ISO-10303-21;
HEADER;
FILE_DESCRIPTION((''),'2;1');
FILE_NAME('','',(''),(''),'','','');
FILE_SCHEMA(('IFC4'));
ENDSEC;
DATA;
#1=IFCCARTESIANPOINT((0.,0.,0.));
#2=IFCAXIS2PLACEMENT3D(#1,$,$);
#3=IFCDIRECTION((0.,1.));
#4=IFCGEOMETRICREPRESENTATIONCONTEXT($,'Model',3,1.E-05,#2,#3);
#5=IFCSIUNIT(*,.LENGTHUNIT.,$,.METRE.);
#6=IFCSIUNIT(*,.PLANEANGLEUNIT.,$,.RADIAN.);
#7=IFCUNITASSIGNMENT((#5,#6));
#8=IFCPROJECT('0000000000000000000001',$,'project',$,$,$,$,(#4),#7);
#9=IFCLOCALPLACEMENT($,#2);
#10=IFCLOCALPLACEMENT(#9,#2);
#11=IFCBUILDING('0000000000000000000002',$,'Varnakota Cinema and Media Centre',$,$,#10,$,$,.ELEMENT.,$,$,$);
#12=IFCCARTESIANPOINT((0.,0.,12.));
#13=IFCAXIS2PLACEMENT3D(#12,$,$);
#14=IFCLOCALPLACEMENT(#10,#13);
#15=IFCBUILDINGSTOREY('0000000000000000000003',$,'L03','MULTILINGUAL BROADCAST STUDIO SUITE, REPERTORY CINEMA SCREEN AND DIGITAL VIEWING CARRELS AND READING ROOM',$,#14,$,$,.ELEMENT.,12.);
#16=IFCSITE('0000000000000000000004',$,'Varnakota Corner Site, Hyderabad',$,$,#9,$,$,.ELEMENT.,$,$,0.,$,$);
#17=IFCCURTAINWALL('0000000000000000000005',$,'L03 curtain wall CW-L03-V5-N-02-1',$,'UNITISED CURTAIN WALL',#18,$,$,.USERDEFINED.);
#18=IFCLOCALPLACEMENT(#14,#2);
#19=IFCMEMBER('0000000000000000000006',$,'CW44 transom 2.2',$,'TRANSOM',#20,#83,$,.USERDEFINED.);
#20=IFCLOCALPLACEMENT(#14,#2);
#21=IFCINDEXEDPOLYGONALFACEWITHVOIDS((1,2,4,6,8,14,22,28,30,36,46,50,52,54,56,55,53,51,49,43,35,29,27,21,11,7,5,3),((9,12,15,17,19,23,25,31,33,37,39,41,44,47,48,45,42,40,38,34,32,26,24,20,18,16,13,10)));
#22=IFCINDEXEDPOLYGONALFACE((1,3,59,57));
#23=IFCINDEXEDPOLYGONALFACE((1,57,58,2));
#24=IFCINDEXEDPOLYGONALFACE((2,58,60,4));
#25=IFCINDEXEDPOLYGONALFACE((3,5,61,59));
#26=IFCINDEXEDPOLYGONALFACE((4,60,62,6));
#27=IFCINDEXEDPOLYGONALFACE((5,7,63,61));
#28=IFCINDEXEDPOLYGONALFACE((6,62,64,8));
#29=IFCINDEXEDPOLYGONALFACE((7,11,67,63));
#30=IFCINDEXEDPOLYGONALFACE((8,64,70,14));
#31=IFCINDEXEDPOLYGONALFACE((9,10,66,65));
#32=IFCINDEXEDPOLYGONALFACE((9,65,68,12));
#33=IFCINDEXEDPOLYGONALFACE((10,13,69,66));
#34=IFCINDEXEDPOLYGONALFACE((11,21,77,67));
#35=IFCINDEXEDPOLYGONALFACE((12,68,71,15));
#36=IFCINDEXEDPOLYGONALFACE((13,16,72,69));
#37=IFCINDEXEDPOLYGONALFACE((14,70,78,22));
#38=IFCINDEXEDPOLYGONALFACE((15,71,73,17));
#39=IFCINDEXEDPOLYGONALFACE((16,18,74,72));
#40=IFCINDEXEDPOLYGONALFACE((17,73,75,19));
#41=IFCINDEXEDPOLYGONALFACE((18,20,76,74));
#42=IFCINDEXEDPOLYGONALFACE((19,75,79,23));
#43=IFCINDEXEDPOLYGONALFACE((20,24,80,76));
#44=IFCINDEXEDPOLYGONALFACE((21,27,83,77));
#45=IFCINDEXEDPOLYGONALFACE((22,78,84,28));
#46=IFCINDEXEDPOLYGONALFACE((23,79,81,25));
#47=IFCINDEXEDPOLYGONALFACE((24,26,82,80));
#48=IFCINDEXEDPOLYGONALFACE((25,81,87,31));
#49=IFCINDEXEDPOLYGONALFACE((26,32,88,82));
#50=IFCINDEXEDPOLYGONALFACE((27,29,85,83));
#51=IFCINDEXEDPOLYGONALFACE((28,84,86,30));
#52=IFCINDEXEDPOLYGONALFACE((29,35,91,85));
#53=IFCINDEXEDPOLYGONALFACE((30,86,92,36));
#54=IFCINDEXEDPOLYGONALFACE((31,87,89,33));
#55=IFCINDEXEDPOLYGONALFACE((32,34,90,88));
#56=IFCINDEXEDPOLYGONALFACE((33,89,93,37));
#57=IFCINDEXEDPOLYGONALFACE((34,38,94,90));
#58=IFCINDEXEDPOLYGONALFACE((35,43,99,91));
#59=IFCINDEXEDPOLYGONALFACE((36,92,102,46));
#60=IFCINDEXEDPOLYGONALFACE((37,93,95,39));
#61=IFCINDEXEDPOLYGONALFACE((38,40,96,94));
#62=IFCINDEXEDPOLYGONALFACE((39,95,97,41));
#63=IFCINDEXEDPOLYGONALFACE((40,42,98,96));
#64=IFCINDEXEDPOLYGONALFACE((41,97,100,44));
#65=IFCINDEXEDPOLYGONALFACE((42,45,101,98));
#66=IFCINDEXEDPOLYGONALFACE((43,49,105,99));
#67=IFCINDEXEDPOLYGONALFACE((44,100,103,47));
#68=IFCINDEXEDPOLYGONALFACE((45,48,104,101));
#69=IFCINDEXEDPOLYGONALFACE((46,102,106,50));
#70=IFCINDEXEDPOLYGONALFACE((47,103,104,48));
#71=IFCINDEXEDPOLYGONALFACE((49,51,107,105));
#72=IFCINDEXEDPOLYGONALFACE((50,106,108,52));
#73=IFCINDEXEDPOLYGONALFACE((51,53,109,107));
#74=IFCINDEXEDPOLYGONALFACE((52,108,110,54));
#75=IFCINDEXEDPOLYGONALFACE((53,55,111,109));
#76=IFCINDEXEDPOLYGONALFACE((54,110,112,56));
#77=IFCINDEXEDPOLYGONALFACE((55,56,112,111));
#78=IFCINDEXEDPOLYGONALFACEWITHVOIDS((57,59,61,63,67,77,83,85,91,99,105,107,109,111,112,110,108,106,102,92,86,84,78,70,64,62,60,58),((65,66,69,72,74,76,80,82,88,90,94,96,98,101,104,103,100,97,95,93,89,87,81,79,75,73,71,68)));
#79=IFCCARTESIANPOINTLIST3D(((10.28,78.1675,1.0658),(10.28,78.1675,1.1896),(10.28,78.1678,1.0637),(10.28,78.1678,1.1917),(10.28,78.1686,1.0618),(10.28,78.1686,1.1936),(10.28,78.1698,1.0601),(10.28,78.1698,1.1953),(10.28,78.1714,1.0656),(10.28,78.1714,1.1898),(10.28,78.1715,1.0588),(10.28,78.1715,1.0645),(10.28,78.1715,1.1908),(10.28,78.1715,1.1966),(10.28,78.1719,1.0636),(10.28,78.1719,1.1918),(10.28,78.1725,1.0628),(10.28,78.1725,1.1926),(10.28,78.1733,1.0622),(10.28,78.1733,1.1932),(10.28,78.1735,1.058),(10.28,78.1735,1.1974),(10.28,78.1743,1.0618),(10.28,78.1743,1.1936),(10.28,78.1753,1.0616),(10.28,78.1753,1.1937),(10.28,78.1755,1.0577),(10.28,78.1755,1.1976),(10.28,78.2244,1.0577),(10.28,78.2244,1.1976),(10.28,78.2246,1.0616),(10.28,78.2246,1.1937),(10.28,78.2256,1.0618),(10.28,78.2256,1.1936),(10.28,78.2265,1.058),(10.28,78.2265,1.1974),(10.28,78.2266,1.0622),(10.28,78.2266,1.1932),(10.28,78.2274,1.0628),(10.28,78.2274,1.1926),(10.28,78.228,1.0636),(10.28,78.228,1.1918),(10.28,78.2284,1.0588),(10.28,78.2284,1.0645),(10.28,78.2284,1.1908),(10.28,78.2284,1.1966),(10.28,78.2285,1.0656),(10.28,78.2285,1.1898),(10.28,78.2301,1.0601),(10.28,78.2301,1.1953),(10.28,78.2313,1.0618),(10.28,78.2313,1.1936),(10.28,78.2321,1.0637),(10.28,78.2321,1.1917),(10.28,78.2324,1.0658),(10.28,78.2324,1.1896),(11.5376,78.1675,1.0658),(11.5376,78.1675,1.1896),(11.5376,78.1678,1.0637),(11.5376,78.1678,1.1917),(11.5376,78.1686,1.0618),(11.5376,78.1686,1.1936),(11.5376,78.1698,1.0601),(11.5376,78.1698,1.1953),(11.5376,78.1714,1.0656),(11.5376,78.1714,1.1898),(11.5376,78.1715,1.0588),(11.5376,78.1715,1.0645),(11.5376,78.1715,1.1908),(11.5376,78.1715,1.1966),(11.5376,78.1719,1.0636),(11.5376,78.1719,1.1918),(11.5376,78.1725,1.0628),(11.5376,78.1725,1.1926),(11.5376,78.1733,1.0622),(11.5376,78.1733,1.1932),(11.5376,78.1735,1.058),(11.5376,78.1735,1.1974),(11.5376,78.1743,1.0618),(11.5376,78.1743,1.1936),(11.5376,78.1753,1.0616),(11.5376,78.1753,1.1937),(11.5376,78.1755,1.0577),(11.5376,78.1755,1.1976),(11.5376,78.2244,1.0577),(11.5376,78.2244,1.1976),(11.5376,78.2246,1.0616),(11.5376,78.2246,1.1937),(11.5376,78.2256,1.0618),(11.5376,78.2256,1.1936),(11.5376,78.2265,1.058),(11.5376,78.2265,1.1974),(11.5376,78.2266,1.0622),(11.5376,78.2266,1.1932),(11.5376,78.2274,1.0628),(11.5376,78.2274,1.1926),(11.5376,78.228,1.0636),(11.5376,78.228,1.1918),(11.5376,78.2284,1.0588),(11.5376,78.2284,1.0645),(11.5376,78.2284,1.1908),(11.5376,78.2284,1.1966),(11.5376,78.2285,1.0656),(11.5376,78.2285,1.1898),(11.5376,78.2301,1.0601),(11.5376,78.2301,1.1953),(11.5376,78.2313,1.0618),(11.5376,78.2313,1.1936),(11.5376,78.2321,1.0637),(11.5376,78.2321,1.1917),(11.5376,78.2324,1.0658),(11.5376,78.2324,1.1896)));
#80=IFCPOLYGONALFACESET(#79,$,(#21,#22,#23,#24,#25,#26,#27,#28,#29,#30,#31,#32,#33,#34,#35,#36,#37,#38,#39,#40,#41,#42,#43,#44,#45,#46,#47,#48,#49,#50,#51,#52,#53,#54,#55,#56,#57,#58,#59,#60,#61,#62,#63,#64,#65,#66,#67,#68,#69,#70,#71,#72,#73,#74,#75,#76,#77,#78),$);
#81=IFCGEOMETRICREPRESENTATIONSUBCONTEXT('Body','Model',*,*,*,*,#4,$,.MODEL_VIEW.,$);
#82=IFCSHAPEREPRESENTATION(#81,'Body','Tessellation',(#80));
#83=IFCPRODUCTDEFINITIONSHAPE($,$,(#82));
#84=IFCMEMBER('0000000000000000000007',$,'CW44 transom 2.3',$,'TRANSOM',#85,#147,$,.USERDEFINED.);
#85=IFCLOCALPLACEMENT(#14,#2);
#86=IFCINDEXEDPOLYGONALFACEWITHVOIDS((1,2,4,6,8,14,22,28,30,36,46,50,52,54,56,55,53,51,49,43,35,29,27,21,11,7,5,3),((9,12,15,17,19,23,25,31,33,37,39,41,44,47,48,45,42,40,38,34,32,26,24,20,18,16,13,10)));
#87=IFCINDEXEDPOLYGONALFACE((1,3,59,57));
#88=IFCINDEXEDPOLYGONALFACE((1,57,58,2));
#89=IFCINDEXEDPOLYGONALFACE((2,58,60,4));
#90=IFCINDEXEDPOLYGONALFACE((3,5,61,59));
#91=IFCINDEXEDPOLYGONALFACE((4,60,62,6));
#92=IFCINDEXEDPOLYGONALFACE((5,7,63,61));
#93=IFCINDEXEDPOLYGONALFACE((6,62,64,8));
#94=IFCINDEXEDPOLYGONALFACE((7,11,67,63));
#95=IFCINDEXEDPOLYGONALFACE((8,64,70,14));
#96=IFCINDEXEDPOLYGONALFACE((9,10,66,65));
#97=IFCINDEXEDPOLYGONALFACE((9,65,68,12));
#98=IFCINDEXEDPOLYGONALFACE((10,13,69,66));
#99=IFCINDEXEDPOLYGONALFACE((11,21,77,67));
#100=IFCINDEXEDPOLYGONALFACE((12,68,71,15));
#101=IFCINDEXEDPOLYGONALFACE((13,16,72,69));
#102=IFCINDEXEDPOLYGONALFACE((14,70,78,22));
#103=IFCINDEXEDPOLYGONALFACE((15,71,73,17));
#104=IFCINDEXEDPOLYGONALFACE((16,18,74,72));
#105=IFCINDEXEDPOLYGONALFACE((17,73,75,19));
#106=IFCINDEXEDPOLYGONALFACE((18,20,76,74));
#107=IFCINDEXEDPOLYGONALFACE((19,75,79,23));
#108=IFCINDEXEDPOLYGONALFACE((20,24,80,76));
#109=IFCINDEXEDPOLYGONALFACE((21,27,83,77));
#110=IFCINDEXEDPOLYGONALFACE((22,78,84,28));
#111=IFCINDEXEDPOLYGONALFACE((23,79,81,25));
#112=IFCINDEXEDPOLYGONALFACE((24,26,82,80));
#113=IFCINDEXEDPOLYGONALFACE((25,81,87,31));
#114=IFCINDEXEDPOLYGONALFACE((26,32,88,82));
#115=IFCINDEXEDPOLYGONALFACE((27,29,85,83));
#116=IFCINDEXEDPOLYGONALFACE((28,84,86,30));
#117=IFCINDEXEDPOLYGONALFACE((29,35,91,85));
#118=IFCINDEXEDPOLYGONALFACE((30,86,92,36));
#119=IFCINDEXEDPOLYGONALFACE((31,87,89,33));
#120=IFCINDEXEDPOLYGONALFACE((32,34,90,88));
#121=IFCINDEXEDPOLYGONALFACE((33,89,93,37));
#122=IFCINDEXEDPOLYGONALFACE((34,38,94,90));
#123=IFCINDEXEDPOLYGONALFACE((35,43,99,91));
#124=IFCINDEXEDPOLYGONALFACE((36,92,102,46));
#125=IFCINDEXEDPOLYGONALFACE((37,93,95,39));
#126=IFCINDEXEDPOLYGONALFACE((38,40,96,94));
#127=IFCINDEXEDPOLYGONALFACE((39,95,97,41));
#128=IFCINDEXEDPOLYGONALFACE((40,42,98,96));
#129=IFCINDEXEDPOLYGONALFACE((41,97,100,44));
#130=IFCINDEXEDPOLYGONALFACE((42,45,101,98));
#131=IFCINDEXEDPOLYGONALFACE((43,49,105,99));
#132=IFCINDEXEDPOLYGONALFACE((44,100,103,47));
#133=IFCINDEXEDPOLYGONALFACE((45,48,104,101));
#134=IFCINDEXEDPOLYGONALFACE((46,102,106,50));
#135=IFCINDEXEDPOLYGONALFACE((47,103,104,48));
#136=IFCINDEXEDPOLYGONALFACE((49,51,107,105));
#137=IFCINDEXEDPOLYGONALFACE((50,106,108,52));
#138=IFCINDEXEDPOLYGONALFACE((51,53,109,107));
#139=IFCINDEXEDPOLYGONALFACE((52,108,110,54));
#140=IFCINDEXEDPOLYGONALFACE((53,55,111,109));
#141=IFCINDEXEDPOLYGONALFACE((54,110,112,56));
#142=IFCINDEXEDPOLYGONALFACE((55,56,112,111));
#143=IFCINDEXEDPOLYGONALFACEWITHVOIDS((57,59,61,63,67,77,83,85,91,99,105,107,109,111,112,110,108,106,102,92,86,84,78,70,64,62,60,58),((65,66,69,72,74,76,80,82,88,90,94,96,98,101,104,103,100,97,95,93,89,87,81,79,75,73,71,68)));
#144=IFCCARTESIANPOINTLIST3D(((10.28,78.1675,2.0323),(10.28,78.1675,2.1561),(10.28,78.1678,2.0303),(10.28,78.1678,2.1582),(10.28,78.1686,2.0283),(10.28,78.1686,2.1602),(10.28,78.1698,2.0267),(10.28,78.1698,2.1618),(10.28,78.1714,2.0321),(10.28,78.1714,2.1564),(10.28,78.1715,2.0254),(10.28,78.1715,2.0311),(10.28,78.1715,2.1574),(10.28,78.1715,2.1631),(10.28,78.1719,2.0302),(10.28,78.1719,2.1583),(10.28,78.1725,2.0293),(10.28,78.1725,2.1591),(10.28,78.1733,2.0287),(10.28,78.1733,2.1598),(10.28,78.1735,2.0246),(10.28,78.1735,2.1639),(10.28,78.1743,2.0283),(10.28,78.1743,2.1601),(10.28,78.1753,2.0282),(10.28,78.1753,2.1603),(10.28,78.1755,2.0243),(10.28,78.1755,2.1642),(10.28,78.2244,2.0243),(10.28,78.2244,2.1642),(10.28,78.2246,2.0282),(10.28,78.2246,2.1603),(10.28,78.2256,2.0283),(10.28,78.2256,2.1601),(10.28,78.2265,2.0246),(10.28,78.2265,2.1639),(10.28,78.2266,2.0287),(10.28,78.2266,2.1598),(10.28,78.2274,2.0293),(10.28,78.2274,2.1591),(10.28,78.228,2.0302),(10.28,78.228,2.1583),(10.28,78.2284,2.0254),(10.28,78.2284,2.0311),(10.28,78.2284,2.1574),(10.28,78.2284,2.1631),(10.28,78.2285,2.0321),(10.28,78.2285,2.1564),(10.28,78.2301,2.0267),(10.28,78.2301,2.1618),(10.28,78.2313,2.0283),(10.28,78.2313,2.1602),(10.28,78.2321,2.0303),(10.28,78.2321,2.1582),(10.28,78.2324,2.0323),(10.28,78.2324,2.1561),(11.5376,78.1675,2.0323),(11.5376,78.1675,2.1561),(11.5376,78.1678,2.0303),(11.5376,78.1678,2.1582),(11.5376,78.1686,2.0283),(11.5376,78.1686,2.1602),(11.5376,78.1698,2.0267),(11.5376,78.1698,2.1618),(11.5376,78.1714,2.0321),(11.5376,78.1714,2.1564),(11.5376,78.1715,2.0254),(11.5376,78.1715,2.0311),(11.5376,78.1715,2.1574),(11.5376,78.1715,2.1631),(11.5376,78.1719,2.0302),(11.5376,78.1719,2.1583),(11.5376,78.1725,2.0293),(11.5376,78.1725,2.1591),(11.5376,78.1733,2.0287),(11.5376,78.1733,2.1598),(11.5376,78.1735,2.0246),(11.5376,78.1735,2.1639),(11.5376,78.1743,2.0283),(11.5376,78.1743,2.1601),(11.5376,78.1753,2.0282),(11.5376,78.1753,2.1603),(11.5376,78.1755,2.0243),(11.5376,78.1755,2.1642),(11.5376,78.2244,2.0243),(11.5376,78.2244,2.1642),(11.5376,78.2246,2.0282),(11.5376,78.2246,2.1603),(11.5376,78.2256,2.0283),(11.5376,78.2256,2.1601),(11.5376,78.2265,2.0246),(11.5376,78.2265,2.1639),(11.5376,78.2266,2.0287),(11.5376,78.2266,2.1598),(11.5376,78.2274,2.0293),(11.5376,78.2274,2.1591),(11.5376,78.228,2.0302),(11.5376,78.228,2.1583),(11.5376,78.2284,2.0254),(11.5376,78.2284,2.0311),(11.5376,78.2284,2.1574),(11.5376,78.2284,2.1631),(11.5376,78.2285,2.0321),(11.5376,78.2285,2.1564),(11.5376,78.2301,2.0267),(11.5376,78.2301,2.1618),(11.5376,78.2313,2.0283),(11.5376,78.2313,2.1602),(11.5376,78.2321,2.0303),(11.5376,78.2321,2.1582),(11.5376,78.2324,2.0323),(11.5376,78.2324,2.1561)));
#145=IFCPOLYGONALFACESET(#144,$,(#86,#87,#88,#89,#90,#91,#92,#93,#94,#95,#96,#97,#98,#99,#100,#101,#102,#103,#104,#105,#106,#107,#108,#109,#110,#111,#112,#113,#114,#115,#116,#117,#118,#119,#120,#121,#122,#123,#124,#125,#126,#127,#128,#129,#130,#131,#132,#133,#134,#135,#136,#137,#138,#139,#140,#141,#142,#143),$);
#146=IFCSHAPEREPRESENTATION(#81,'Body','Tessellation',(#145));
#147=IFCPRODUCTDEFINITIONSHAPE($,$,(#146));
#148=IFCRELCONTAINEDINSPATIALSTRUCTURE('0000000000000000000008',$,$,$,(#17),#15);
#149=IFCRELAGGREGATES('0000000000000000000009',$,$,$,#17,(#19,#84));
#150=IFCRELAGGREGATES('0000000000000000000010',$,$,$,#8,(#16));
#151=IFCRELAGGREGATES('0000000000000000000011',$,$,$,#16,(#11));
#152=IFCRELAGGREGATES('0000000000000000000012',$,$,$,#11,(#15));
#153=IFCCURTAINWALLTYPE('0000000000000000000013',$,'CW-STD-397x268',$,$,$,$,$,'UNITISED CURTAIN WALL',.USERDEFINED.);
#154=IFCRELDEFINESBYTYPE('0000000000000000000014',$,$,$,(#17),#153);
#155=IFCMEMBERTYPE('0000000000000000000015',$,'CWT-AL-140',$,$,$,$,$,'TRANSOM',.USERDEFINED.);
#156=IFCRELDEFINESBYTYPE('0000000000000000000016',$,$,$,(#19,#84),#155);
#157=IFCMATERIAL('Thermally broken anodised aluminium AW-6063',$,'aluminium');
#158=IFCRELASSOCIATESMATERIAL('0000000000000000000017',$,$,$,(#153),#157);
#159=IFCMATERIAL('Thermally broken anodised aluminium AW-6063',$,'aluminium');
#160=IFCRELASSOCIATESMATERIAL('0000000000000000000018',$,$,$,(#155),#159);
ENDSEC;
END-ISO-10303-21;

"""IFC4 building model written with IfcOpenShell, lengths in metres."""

from ifc_helpers import new_model, si_unit, direction, frame, origin, origin_2d, place, context, subcontext, project, spatial, hollow_rectangle, extrude, material, material_profile, profile_set, type_object, element, aggregate, save


model = new_model("IFC4")

# Units and contexts
model_context = context("Model", 3, precision=1e-05, world=origin(), true_north=direction((0.0, 1.0)))
body_context = subcontext(model_context, "Body", "Model", "MODEL_VIEW")
ifc_project = project(units=[si_unit("LENGTHUNIT", "METRE"), si_unit("PLANEANGLEUNIT", "RADIAN")], contexts=[model_context])

# Site, building, storey
site_placement = place(None, origin())
site = spatial("IfcSite", under=ifc_project, at=site_placement, Name="Varnakota Corner Site, Hyderabad", CompositionType="ELEMENT", RefElevation=0.0)
building_placement = place(site_placement, origin())
building = spatial("IfcBuilding", under=site, at=building_placement, Name="Varnakota Cinema and Media Centre", CompositionType="ELEMENT")
storey_placement = place(building_placement, frame((0.0, 0.0, 12.0)))
storey = spatial("IfcBuildingStorey", under=building, at=storey_placement, Name="L03", Description="MULTILINGUAL BROADCAST STUDIO SUITE, REPERTORY CINEMA SCREEN AND DIGITAL VIEWING CARRELS AND READING ROOM", CompositionType="ELEMENT", Elevation=12.0)

# Curtain wall, members
ifc_material_1 = material(Name="Thermally broken anodised aluminium AW-6063", Category="aluminium")
curtain_wall_type = type_object("IfcCurtainWallType", Name="CW-STD-397x268", ElementType="UNITISED CURTAIN WALL", PredefinedType="USERDEFINED", material=ifc_material_1)
curtain_wall_placement = place(storey_placement, origin())
curtain_wall = element("IfcCurtainWall", 1, at=curtain_wall_placement, inside=storey, type_object=curtain_wall_type, Name="L03 curtain wall CW-L03-V5-N-02-1", ObjectType="UNITISED CURTAIN WALL", PredefinedType="USERDEFINED")
ifc_material_2 = material(Name="Thermally broken anodised aluminium AW-6063", Category="aluminium")
ifc_material_profile_1 = material_profile(ifc_material_2, hollow_rectangle(XDim=0.0649, YDim=0.1399, WallThickness=0.0039, InnerFilletRadius=0.0039, OuterFilletRadius=0.0081, at=origin_2d()), Name="AL-TRANSOM 140x65x4")
ifc_profile_set_1 = profile_set([ifc_material_profile_1], Name="Thermally broken anodised aluminium AW-6063")
member_type_1 = type_object("IfcMemberType", Name="CWT-AL-140", ElementType="TRANSOM", PredefinedType="USERDEFINED", material=ifc_profile_set_1)
member_1_placement = place(storey_placement, frame((10.28, 78.2, 1.1277), z_axis=(1.0, 0.0, 0.0), x_axis=(0.0, 1.0, 0.0)))
member_1 = element("IfcMember", 2, at=member_1_placement, type_object=member_type_1, Name="CW44 transom 2.2", ObjectType="TRANSOM", PredefinedType="USERDEFINED", context=body_context, shape_type="SweptSolid", body=[
    extrude(hollow_rectangle(XDim=0.0649, YDim=0.1399, WallThickness=0.0039, InnerFilletRadius=0.0039, OuterFilletRadius=0.0081, at=origin_2d()), origin(), (0.0, 0.0, 1.0), 1.2576),
])
member_2_placement = place(storey_placement, frame((10.28, 78.2, 2.0942), z_axis=(1.0, 0.0, 0.0), x_axis=(0.0, 1.0, 0.0)))
member_2 = element("IfcMember", 3, at=member_2_placement, type_object=member_type_1, Name="CW44 transom 2.3", ObjectType="TRANSOM", PredefinedType="USERDEFINED", context=body_context, shape_type="SweptSolid", body=[
    extrude(hollow_rectangle(XDim=0.0649, YDim=0.1399, WallThickness=0.0039, InnerFilletRadius=0.0039, OuterFilletRadius=0.0081, at=origin_2d()), origin(), (0.0, 0.0, 1.0), 1.2576),
])
aggregate(curtain_wall, [member_1, member_2])

save(model, "model.ifc")
